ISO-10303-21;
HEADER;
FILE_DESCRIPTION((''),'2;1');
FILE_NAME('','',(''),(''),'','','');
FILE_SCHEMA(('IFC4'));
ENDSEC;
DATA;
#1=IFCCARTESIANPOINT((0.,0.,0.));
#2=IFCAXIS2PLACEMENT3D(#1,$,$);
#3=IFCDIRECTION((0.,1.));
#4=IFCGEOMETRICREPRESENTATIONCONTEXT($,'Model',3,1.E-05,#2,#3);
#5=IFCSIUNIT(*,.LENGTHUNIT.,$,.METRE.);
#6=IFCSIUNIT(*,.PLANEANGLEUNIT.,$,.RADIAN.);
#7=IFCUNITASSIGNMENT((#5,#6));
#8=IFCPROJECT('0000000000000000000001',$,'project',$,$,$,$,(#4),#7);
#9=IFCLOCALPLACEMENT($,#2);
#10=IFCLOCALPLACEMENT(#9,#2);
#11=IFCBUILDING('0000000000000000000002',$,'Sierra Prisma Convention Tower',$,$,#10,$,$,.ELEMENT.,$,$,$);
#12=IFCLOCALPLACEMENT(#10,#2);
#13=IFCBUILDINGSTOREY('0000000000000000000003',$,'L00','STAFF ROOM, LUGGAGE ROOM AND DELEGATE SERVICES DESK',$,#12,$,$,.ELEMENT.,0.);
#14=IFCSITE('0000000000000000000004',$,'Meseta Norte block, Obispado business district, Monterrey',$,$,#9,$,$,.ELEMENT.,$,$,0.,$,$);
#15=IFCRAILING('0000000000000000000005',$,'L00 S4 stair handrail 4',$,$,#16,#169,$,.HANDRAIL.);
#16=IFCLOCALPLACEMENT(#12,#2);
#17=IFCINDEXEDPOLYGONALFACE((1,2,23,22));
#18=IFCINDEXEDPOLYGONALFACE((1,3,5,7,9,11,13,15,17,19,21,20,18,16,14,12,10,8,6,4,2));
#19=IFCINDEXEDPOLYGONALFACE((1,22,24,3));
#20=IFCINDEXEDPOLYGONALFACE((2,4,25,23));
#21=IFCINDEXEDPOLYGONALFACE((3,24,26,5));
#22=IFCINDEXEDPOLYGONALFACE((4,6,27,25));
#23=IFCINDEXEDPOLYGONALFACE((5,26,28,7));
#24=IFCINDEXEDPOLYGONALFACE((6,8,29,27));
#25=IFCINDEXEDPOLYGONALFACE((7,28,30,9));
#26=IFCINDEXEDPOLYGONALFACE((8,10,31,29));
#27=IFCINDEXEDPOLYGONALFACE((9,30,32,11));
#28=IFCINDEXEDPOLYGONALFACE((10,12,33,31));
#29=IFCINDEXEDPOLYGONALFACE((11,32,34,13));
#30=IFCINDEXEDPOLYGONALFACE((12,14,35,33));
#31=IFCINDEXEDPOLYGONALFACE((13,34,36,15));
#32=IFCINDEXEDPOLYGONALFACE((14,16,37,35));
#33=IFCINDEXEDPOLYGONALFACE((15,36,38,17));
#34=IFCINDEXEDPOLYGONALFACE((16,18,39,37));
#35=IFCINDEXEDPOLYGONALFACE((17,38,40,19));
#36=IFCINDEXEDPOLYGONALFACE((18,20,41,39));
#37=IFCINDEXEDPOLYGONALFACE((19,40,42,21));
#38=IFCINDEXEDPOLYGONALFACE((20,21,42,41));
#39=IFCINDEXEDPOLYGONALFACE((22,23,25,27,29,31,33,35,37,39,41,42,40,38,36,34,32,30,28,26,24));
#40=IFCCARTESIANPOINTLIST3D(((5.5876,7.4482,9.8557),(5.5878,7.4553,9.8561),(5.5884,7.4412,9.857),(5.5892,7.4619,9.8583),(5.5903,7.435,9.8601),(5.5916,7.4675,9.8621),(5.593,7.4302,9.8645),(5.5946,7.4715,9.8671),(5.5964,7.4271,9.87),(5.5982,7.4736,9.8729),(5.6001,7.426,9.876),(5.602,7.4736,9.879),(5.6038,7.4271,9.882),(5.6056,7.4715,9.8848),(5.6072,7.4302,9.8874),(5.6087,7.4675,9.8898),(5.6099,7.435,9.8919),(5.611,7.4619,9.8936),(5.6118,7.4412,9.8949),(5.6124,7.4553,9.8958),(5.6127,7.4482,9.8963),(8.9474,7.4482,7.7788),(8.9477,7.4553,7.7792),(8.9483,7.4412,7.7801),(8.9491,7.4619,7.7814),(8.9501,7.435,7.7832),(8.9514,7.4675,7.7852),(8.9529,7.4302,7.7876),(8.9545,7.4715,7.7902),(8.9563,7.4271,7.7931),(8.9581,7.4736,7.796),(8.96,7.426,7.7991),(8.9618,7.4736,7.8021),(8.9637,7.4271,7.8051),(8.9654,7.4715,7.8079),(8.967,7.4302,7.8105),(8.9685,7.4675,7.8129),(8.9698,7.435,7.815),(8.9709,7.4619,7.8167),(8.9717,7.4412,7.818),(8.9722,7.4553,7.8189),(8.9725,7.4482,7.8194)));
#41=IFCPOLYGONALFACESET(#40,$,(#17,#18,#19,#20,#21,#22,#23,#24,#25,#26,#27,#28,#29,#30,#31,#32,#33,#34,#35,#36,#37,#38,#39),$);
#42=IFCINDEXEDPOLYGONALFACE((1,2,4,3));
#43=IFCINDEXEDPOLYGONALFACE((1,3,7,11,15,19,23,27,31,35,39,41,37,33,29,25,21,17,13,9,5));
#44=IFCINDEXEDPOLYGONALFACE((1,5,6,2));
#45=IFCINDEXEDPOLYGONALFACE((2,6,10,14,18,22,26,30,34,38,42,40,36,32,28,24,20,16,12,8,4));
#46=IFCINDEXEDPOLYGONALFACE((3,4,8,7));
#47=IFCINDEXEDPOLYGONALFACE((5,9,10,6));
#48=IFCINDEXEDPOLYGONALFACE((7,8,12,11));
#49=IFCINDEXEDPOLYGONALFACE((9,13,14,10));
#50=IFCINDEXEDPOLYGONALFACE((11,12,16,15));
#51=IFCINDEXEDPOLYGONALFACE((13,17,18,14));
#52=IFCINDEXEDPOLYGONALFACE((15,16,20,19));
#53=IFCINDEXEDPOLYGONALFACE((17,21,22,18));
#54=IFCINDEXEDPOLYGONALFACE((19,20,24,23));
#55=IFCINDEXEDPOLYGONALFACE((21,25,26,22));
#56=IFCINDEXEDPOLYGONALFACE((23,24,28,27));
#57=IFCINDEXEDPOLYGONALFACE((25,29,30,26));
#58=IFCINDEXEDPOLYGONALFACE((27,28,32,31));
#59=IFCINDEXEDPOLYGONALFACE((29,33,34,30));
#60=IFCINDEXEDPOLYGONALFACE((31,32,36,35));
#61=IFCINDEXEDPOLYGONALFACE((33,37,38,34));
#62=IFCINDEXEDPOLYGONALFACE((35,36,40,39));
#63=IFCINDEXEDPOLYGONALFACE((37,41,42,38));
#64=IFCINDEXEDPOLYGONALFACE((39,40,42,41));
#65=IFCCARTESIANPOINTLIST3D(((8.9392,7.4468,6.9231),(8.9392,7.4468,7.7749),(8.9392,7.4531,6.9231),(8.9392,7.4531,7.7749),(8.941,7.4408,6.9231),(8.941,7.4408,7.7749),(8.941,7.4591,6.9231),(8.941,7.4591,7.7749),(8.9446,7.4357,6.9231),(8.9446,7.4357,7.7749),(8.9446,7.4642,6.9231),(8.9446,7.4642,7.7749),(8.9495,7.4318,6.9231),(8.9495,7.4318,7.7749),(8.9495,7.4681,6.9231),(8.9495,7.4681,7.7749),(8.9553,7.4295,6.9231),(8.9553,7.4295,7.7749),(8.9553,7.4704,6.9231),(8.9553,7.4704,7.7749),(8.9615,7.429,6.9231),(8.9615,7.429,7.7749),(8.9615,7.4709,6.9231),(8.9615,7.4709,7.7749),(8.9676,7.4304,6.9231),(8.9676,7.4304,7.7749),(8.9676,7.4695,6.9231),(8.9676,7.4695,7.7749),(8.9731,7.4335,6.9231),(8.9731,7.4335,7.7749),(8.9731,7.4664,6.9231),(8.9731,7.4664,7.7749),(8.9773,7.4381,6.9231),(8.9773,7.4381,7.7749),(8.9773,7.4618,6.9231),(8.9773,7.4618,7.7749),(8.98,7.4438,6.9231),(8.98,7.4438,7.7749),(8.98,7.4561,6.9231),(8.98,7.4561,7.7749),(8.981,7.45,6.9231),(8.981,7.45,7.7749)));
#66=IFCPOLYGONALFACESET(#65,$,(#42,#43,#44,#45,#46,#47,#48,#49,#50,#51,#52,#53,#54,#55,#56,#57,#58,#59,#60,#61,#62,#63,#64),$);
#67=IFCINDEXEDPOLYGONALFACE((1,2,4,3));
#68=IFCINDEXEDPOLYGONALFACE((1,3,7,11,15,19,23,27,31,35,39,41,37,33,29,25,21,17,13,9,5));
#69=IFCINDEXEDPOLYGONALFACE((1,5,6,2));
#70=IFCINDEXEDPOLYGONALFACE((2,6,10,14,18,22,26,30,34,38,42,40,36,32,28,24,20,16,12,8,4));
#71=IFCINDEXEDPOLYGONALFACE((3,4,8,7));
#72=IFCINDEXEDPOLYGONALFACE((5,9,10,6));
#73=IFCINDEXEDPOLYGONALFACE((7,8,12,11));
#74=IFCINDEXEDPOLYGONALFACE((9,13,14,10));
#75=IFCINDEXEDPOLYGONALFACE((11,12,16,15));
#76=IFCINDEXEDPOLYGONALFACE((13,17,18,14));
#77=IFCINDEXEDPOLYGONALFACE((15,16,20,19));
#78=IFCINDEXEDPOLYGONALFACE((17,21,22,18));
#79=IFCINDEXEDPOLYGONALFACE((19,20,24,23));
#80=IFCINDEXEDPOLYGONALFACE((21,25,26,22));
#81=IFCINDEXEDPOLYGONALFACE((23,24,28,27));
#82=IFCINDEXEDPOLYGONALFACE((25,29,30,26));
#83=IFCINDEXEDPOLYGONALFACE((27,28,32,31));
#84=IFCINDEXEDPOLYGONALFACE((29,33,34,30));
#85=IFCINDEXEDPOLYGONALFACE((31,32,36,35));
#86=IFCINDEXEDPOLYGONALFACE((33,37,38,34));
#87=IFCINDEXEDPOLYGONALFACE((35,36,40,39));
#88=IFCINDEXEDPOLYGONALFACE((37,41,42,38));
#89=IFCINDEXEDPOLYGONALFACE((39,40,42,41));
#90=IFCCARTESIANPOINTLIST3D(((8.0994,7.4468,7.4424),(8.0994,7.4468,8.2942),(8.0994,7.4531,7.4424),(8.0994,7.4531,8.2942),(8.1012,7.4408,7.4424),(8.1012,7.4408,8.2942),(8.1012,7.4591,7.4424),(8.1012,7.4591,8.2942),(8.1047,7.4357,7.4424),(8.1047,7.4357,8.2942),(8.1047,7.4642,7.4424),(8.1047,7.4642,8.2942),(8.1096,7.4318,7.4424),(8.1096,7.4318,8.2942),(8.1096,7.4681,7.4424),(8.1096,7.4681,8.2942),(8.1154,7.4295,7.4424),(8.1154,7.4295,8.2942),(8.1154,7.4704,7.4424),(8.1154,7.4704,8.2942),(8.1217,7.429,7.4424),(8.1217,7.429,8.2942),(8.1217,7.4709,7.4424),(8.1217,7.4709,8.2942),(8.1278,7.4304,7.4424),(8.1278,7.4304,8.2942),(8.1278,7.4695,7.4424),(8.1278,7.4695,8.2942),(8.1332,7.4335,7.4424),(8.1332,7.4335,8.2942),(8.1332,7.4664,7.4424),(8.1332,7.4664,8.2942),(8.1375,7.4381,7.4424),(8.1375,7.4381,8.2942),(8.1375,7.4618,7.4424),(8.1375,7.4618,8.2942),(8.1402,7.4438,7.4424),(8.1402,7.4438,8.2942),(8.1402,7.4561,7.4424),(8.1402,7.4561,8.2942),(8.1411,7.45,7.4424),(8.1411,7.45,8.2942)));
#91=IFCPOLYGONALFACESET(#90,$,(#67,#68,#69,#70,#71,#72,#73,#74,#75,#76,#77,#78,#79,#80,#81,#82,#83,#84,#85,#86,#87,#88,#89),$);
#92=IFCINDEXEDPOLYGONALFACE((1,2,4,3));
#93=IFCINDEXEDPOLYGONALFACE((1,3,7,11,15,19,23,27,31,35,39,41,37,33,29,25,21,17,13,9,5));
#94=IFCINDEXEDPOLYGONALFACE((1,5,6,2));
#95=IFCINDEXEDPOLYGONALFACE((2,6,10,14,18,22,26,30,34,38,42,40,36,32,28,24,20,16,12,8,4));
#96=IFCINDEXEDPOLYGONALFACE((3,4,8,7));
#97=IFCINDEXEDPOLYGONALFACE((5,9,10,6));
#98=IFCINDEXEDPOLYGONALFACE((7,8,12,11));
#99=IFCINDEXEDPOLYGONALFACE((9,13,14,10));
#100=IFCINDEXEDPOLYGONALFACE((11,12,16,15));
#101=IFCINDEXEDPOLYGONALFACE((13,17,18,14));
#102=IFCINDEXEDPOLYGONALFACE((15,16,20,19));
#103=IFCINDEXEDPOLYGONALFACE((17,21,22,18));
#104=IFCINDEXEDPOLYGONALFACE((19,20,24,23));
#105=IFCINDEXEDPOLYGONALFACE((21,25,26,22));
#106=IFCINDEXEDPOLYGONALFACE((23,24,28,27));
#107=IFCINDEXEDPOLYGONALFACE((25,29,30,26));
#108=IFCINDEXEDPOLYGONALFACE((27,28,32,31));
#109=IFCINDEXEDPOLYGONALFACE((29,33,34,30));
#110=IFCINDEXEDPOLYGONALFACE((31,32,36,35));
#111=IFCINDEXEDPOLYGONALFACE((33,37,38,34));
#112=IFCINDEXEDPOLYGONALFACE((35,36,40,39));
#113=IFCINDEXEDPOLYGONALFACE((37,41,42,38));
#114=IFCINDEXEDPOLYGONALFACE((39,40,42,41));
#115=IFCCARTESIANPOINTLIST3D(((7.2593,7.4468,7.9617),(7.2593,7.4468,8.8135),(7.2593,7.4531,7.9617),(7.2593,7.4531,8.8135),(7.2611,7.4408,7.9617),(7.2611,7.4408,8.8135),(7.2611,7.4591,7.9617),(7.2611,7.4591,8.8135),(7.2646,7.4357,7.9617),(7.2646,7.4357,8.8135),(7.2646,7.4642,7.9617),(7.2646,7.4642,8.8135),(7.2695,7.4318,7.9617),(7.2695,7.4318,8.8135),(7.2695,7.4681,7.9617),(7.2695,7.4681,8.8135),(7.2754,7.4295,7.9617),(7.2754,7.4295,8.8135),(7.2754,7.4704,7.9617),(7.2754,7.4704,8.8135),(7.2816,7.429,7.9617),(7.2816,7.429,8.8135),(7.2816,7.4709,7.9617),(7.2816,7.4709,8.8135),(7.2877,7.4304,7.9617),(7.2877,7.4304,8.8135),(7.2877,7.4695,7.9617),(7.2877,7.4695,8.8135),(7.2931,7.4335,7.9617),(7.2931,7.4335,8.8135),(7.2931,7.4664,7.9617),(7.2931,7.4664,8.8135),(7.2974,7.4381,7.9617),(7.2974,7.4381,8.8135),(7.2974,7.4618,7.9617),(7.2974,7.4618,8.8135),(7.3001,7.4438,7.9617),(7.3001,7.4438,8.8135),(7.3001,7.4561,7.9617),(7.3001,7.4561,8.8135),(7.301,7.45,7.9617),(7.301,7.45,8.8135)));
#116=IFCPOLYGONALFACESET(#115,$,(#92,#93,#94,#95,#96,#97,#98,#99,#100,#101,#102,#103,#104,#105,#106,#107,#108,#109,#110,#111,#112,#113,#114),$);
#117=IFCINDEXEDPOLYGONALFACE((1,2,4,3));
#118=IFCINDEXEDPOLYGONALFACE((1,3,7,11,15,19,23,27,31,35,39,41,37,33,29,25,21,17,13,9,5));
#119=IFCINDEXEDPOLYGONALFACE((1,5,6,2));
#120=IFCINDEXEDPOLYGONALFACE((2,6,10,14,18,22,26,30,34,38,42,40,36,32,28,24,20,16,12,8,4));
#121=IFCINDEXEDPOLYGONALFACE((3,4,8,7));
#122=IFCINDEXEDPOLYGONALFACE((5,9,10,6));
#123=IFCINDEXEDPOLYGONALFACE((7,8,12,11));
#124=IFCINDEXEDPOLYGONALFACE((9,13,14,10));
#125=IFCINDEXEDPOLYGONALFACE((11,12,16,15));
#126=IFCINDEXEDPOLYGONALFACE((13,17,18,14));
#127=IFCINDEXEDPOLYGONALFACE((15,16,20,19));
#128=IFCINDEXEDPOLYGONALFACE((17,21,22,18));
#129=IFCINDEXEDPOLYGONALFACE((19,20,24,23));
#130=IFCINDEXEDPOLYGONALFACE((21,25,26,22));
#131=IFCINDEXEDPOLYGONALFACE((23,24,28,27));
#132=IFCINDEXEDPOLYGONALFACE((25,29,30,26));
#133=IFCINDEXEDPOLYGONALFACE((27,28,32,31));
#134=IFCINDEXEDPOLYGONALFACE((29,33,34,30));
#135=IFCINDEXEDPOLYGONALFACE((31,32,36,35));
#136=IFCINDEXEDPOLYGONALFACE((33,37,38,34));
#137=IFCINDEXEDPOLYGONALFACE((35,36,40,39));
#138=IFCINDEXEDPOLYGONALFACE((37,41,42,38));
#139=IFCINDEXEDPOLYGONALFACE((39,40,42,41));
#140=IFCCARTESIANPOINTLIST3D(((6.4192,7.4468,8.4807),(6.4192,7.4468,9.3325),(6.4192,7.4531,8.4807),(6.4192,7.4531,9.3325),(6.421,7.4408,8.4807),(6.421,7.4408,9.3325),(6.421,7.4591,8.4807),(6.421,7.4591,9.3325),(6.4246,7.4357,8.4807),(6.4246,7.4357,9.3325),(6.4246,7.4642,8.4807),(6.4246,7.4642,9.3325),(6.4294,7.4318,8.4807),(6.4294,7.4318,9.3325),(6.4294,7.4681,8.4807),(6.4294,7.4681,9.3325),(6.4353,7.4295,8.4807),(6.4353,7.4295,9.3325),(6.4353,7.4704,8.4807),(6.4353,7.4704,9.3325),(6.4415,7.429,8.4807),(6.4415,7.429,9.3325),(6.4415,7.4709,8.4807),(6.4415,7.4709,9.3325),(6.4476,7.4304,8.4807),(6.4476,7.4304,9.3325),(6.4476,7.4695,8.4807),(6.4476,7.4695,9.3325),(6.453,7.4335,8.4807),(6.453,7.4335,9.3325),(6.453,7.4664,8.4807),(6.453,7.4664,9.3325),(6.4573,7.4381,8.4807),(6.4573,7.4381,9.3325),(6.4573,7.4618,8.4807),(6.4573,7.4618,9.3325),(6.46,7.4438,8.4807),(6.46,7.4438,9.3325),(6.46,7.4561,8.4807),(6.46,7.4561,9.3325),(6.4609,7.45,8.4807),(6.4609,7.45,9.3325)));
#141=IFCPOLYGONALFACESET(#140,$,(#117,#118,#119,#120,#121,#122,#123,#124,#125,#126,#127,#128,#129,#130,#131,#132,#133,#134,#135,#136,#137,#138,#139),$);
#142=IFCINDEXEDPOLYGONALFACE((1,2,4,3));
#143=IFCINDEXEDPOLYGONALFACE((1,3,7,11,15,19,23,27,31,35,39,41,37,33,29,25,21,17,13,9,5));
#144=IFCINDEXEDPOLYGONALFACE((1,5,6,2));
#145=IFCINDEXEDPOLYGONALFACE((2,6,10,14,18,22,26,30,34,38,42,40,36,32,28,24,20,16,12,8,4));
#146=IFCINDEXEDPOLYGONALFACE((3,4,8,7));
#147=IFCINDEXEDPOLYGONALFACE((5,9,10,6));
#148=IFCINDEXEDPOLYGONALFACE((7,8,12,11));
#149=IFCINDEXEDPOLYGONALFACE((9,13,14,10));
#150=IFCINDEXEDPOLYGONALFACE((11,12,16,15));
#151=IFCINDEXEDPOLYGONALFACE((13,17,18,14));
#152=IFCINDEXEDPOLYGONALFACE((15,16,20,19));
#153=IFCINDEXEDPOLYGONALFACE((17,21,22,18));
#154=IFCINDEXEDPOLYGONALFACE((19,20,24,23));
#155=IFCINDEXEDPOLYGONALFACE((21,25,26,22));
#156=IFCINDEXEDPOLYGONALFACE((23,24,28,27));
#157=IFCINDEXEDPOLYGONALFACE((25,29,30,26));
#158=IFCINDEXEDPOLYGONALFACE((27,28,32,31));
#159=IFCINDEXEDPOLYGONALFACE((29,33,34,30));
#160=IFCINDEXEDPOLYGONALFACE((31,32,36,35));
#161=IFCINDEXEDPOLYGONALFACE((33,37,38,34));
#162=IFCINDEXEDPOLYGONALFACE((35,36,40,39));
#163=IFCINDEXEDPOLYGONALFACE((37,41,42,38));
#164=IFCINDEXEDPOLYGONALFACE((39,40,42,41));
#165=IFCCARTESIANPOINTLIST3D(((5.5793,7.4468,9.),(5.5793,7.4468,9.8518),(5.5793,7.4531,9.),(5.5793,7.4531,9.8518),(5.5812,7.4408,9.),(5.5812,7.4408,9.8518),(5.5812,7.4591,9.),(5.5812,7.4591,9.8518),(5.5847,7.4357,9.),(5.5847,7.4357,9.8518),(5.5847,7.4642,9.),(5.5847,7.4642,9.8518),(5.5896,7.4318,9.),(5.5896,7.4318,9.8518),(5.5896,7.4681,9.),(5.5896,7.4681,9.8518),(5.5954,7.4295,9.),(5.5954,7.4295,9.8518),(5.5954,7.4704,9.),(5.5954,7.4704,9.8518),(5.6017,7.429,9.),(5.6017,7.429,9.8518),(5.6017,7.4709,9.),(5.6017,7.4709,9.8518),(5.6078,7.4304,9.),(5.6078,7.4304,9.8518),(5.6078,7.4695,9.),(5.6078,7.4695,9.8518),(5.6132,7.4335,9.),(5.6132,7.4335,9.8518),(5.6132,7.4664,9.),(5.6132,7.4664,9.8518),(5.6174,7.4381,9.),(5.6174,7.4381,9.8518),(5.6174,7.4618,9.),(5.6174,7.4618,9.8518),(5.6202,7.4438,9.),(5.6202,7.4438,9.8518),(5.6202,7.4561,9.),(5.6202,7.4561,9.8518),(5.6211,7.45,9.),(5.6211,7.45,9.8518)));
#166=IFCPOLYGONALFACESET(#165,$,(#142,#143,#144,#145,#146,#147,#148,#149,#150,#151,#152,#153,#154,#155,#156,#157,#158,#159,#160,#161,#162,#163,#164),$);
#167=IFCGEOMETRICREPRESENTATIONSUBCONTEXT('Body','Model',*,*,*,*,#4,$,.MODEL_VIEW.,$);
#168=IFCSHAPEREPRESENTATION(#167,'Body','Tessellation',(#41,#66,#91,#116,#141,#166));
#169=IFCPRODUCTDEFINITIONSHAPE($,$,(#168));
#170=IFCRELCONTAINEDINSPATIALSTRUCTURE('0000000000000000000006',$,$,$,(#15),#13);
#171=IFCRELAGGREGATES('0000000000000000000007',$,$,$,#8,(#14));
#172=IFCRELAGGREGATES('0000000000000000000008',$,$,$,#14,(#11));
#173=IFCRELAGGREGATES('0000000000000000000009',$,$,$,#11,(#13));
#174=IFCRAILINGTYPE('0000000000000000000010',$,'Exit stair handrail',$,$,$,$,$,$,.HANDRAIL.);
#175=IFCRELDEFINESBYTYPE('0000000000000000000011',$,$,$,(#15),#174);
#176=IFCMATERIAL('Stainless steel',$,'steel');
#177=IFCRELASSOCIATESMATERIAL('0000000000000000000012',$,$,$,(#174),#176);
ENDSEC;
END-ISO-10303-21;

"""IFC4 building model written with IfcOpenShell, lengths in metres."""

from ifc_helpers import new_model, si_unit, direction, frame, origin, origin_2d, place, context, subcontext, project, spatial, circle, extrude, material, type_object, element, save


model = new_model("IFC4")

# Units and contexts
model_context = context("Model", 3, precision=1e-05, world=origin(), true_north=direction((0.0, 1.0)))
body_context = subcontext(model_context, "Body", "Model", "MODEL_VIEW")
ifc_project = project(units=[si_unit("LENGTHUNIT", "METRE"), si_unit("PLANEANGLEUNIT", "RADIAN")], contexts=[model_context])

# Site, building, storey
site_placement = place(None, origin())
site = spatial("IfcSite", under=ifc_project, at=site_placement, Name="Meseta Norte block, Obispado business district, Monterrey", CompositionType="ELEMENT", RefElevation=0.0)
building_placement = place(site_placement, origin())
building = spatial("IfcBuilding", under=site, at=building_placement, Name="Sierra Prisma Convention Tower", CompositionType="ELEMENT")
storey_placement = place(building_placement, origin())
storey = spatial("IfcBuildingStorey", under=building, at=storey_placement, Name="L00", Description="STAFF ROOM, LUGGAGE ROOM AND DELEGATE SERVICES DESK", CompositionType="ELEMENT", Elevation=0.0)

# Railing
ifc_material_1 = material(Name="Stainless steel", Category="steel")
railing_type_1 = type_object("IfcRailingType", Name="Exit stair handrail", PredefinedType="HANDRAIL", material=ifc_material_1)
for number, where, name in (
    (1, (8.96, 7.45, 6.9231), "L00 S4 stair handrail 4"),
):
    element("IfcRailing", number, at=place(storey_placement, frame(where)), inside=storey, type_object=railing_type_1, Name=name, PredefinedType="HANDRAIL", context=body_context, shape_type="SweptSolid", body=[
        extrude(circle(Radius=0.0239, at=origin_2d()), frame((0.0, 0.0, 0.876), z_axis=(-0.850606, 0.0, 0.525803), x_axis=(0.0, -1.0, 0.0)), (0.0, 0.0, 1.0), 3.95),
        extrude(circle(Radius=0.021, at=origin_2d()), origin(), (0.0, 0.0, 1.0), 0.8518),
        extrude(circle(Radius=0.021, at=origin_2d()), frame((-0.8398, 0.0, 0.5193)), (0.0, 0.0, 1.0), 0.8518),
        extrude(circle(Radius=0.021, at=origin_2d()), frame((-1.6799, 0.0, 1.0386)), (0.0, 0.0, 1.0), 0.8518),
        extrude(circle(Radius=0.021, at=origin_2d()), frame((-2.52, 0.0, 1.5576)), (0.0, 0.0, 1.0), 0.8518),
        extrude(circle(Radius=0.021, at=origin_2d()), frame((-3.3599, 0.0, 2.0769)), (0.0, 0.0, 1.0), 0.8518),
    ])

save(model, "model.ifc")
